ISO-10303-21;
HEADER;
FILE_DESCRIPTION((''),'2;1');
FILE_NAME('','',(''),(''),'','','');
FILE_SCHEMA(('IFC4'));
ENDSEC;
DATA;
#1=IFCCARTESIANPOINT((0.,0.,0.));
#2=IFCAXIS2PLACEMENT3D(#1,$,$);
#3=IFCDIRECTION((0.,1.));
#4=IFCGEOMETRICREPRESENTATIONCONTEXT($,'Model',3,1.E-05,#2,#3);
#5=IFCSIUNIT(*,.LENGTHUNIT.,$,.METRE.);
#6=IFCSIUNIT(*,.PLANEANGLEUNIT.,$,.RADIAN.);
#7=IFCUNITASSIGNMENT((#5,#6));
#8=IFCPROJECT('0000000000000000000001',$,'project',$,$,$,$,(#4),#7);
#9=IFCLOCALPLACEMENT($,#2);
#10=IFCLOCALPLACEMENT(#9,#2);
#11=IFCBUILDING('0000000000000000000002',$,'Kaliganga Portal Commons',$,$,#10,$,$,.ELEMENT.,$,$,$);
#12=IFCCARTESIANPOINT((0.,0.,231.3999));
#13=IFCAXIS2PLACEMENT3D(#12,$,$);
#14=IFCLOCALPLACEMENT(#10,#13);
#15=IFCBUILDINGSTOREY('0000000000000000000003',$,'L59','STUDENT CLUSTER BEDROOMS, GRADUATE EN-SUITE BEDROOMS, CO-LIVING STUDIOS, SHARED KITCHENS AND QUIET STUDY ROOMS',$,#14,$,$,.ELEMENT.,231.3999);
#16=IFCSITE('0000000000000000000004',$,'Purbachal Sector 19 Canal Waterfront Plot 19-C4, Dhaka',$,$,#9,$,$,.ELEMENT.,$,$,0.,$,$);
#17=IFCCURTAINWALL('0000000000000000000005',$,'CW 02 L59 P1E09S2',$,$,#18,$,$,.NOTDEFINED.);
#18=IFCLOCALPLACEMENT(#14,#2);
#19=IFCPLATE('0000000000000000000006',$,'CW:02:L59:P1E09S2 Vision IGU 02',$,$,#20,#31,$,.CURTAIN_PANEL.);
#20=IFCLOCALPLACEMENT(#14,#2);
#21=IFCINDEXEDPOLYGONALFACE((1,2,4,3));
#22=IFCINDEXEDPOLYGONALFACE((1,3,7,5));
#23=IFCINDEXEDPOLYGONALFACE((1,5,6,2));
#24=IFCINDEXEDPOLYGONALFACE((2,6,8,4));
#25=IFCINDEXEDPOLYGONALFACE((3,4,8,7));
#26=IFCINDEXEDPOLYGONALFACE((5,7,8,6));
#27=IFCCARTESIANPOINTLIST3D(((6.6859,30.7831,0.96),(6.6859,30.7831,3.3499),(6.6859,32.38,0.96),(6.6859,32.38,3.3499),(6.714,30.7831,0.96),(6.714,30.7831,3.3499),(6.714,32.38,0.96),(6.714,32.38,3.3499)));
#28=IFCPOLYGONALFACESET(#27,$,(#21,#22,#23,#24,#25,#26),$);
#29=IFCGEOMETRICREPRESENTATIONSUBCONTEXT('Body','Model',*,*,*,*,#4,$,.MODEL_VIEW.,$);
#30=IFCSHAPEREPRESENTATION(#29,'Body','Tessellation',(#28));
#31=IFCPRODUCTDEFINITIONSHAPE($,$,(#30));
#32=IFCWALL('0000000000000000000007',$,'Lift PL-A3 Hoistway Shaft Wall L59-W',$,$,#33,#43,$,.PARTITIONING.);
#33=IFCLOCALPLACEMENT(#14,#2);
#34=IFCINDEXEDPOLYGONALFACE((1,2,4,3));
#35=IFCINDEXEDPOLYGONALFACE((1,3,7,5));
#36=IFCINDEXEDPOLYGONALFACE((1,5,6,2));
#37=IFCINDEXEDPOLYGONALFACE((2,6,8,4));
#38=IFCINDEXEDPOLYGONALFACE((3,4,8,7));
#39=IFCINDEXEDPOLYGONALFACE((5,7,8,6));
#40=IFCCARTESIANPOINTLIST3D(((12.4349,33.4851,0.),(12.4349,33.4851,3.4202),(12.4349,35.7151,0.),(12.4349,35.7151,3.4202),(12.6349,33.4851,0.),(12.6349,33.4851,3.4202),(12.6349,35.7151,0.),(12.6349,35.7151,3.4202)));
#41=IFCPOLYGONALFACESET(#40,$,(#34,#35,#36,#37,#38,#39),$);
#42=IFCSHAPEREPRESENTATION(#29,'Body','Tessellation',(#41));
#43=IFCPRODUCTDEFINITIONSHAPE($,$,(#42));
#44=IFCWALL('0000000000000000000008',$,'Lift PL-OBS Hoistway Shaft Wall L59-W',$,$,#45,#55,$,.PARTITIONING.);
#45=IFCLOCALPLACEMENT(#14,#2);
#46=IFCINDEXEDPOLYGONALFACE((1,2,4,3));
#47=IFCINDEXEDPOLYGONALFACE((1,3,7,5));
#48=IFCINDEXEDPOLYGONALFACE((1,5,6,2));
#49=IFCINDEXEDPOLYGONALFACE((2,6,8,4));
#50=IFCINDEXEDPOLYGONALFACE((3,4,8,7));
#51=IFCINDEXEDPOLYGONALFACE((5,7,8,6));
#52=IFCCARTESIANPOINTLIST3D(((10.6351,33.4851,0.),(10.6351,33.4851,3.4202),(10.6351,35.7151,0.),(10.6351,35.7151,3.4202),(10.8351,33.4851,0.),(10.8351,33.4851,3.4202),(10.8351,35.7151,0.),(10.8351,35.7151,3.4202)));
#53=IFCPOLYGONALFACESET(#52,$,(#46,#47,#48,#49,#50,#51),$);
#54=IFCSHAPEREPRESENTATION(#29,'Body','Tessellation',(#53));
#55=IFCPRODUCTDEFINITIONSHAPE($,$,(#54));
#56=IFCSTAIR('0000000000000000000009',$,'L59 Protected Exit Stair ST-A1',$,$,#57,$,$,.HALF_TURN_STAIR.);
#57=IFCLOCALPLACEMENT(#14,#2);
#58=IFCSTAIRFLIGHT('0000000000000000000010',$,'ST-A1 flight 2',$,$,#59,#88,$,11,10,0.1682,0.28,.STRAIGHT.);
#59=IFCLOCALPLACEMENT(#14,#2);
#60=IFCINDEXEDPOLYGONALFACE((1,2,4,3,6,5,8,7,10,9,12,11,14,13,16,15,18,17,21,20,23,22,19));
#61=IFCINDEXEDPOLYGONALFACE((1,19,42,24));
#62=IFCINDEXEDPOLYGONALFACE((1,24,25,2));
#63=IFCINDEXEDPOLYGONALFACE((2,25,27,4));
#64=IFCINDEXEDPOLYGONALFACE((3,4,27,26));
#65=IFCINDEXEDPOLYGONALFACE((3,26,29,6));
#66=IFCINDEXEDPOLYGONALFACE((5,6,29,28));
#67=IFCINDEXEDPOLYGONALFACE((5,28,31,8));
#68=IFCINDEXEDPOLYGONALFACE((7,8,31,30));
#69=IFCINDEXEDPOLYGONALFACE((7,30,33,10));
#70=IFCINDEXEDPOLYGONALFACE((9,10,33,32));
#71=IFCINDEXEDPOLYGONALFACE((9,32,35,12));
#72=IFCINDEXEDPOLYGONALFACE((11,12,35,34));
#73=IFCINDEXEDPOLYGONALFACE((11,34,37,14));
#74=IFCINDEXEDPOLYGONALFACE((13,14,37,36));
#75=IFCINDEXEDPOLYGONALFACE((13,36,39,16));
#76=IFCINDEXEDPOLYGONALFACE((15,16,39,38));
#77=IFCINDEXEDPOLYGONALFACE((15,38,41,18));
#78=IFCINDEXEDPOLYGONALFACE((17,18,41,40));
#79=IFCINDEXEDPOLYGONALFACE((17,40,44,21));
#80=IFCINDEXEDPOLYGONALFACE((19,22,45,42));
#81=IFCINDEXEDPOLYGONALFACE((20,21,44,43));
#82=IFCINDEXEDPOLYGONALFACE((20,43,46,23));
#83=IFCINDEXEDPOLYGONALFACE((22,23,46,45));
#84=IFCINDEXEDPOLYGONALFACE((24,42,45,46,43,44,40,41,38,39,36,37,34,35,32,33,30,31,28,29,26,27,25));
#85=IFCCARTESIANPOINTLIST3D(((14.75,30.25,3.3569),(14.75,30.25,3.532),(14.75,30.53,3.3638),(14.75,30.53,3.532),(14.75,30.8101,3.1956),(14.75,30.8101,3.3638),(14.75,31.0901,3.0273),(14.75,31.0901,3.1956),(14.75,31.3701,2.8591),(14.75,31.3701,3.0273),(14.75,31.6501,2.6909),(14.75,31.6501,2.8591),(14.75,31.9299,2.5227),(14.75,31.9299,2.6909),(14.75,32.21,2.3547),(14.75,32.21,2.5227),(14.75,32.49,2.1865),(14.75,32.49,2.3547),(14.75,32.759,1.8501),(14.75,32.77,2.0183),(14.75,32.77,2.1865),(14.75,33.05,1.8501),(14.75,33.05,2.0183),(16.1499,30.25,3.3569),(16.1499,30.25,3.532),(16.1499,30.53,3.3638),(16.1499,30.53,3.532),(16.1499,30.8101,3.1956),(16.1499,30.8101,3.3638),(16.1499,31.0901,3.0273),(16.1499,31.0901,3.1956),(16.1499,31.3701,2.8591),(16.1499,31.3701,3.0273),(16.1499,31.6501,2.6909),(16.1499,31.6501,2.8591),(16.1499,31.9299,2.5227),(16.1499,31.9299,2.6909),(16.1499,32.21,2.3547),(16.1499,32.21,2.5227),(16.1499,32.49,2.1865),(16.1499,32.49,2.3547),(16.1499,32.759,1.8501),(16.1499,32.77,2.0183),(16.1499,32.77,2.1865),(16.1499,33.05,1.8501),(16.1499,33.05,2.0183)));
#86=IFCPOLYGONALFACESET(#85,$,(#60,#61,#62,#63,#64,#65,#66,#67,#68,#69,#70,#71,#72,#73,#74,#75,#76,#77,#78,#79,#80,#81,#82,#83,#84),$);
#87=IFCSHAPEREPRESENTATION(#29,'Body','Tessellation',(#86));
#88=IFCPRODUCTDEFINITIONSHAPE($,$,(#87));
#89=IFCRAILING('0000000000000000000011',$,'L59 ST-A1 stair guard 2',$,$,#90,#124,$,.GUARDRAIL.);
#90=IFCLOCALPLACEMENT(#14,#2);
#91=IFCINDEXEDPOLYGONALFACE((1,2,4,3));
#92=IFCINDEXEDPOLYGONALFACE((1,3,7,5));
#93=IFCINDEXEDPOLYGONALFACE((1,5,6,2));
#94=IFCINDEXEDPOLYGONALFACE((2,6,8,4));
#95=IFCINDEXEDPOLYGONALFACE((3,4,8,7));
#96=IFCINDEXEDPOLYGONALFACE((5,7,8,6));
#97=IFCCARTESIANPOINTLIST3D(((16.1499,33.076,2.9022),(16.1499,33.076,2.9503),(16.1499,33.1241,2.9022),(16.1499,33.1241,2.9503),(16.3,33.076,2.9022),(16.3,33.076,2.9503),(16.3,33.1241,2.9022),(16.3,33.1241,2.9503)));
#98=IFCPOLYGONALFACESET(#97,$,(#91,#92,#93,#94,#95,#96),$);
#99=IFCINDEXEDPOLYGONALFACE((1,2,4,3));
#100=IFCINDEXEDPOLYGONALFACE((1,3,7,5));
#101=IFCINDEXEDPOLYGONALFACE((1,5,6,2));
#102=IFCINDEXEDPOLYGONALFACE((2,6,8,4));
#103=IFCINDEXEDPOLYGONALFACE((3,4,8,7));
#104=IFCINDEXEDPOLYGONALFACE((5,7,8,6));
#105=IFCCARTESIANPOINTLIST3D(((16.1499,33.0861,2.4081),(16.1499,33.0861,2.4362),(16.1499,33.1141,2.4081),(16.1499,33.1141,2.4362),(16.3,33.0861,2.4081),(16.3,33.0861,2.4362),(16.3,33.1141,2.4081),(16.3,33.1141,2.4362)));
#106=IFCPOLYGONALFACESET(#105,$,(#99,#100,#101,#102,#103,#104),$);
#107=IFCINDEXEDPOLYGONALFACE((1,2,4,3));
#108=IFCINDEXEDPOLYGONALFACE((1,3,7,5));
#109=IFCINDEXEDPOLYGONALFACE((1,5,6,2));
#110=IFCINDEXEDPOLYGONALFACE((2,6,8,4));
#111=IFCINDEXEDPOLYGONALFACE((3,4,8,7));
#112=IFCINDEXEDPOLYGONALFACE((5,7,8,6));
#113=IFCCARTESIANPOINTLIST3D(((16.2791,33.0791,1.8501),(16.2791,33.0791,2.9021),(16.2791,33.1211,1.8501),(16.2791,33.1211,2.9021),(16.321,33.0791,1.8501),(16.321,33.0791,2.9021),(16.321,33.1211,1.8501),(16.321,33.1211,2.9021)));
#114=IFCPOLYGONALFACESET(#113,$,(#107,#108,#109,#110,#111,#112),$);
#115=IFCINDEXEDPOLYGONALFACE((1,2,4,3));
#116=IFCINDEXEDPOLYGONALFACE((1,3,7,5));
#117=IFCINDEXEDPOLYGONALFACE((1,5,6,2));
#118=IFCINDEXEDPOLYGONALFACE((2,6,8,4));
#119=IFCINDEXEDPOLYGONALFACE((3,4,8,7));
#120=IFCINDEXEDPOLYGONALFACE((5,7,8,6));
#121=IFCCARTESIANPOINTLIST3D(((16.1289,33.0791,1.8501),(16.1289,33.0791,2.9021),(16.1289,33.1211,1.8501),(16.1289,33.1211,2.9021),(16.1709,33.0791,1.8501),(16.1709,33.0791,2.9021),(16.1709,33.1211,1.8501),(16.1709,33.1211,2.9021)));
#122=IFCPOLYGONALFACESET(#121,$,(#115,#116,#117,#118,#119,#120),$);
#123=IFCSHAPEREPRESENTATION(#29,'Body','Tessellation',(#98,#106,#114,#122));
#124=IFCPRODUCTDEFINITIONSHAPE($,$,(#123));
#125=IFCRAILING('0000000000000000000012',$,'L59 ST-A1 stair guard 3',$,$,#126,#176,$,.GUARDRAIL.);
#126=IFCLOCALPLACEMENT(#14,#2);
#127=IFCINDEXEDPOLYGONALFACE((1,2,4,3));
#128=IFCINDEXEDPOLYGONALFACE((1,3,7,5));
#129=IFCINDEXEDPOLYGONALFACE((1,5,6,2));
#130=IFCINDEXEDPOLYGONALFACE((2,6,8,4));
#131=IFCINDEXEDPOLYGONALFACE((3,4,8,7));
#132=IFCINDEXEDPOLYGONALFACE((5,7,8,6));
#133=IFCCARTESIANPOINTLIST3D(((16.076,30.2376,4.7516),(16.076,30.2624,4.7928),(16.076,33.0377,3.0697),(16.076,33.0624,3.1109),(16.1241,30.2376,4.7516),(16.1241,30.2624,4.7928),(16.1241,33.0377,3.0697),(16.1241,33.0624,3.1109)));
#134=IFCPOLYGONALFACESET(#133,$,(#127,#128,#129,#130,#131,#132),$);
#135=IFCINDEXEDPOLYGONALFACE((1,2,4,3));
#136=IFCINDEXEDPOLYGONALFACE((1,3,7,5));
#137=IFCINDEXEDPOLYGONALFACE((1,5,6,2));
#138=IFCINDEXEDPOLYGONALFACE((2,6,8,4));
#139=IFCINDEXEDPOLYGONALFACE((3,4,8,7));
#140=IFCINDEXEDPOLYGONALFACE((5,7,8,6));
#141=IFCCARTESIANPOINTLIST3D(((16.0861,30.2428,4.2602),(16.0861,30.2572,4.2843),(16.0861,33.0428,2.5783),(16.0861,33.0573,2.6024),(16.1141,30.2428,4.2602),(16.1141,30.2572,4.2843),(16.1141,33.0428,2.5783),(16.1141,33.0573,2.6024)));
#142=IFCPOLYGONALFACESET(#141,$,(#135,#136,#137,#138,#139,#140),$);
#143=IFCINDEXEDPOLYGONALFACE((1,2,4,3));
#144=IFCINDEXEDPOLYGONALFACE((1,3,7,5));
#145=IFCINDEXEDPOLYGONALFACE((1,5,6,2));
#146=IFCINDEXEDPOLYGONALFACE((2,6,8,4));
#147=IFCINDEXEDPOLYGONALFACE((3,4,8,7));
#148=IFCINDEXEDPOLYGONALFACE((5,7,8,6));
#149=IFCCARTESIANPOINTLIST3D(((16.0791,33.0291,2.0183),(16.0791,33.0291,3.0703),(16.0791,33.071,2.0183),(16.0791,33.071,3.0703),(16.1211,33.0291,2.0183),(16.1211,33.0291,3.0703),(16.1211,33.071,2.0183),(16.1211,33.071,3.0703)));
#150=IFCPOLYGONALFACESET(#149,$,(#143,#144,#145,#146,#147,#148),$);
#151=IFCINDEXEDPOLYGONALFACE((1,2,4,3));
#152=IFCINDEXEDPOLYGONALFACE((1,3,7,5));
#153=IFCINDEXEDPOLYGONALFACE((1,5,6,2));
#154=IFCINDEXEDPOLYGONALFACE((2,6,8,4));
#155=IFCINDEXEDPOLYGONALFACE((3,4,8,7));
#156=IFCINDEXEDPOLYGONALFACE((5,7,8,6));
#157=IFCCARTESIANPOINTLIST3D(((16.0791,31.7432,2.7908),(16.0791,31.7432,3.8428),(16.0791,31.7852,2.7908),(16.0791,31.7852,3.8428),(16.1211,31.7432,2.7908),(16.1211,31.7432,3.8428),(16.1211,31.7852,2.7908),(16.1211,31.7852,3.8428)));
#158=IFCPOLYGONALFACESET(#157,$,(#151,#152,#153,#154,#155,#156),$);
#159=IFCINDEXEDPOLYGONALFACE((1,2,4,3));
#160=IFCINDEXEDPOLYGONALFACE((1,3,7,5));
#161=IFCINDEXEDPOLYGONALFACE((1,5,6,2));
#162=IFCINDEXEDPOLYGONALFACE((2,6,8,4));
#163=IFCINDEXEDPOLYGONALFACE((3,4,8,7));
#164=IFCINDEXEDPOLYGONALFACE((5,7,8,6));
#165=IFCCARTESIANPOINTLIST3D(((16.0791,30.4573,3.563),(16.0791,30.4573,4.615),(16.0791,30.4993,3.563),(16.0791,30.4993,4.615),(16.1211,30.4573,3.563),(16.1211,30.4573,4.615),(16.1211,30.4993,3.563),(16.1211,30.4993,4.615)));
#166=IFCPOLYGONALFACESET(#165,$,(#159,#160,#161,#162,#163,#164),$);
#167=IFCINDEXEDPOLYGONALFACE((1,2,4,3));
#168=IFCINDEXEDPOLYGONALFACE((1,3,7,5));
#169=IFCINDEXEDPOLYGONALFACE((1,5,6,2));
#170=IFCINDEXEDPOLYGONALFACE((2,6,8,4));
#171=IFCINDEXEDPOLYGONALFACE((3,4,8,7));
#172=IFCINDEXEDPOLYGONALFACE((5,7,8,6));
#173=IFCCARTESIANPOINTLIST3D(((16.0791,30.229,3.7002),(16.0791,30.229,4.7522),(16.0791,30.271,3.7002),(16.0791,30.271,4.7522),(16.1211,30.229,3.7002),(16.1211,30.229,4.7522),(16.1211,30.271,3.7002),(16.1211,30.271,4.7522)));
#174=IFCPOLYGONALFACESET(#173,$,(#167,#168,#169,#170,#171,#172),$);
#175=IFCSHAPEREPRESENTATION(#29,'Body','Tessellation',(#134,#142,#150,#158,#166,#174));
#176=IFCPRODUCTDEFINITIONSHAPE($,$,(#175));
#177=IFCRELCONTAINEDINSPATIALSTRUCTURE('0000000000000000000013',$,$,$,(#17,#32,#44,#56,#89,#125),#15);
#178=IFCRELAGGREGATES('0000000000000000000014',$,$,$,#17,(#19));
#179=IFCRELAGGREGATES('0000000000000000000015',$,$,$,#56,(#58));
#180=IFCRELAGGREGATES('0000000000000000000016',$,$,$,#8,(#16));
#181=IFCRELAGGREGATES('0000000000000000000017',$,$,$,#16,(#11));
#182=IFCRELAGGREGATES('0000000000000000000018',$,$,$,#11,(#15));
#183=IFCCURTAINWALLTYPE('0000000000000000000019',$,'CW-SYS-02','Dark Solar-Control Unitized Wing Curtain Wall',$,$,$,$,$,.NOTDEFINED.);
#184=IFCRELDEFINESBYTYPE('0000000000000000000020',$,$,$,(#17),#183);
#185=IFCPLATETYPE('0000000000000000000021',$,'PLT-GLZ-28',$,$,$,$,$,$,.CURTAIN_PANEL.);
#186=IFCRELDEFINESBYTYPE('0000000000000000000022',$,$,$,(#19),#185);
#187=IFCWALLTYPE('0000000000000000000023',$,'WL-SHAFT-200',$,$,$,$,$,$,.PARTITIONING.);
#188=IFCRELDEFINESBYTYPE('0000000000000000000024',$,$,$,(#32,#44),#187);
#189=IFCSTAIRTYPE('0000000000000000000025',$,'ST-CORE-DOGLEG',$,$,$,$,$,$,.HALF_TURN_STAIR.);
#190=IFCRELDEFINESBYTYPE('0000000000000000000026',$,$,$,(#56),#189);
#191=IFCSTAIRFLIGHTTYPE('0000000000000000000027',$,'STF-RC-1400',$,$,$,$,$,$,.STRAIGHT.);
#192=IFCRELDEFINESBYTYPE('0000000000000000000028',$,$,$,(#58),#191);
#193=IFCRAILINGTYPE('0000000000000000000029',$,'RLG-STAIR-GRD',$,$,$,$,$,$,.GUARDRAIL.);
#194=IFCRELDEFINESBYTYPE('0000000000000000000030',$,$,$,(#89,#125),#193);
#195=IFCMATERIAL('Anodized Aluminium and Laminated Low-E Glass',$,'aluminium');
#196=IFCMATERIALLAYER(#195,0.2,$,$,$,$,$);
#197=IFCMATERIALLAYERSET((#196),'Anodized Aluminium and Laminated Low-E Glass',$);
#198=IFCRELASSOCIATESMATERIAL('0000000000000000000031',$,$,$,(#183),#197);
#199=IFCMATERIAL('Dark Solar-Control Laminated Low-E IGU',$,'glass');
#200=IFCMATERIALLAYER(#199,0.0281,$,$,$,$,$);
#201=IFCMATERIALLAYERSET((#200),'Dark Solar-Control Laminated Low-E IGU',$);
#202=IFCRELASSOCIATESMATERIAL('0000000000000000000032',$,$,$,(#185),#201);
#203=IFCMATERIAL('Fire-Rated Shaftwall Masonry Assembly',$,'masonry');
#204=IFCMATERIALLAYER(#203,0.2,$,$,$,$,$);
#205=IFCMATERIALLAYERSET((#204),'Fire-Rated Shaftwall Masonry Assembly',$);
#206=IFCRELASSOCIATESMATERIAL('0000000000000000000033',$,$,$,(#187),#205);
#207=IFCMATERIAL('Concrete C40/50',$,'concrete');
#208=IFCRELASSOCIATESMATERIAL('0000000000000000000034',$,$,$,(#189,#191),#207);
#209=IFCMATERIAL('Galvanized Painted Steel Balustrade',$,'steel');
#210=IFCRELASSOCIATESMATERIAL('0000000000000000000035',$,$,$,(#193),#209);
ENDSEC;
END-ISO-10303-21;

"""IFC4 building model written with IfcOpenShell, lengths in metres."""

from ifc_helpers import new_model, si_unit, direction, frame, frame_2d, origin, origin_2d, place, context, subcontext, project, spatial, polyline, rectangle, outline, extrude, source, transform, mapped, material, layer, layer_set, type_object, element, aggregate, save


model = new_model("IFC4")

# Units and contexts
model_context = context("Model", 3, precision=1e-05, world=origin(), true_north=direction((0.0, 1.0)))
body_context = subcontext(model_context, "Body", "Model", "MODEL_VIEW")
ifc_project = project(units=[si_unit("LENGTHUNIT", "METRE"), si_unit("PLANEANGLEUNIT", "RADIAN")], contexts=[model_context])

# Site, building, storey
site_placement = place(None, origin())
site = spatial("IfcSite", under=ifc_project, at=site_placement, Name="Purbachal Sector 19 Canal Waterfront Plot 19-C4, Dhaka", CompositionType="ELEMENT", RefElevation=0.0)
building_placement = place(site_placement, origin())
building = spatial("IfcBuilding", under=site, at=building_placement, Name="Kaliganga Portal Commons", CompositionType="ELEMENT")
storey_placement = place(building_placement, frame((0.0, 0.0, 231.3999)))
storey = spatial("IfcBuildingStorey", under=building, at=storey_placement, Name="L59", Description="STUDENT CLUSTER BEDROOMS, GRADUATE EN-SUITE BEDROOMS, CO-LIVING STUDIOS, SHARED KITCHENS AND QUIET STUDY ROOMS", CompositionType="ELEMENT", Elevation=231.3999)

# Curtain wall, plate
ifc_material_1 = material(Name="Anodized Aluminium and Laminated Low-E Glass", Category="aluminium")
ifc_layer_1 = layer(ifc_material_1, 0.2)
ifc_layer_set_1 = layer_set([ifc_layer_1], Name="Anodized Aluminium and Laminated Low-E Glass")
curtain_wall_type = type_object("IfcCurtainWallType", Name="CW-SYS-02", Description="Dark Solar-Control Unitized Wing Curtain Wall", PredefinedType="NOTDEFINED", material=ifc_layer_set_1)
curtain_wall_placement = place(storey_placement, origin())
curtain_wall = element("IfcCurtainWall", 1, at=curtain_wall_placement, inside=storey, type_object=curtain_wall_type, Name="CW 02 L59 P1E09S2", PredefinedType="NOTDEFINED")
ifc_material_2 = material(Name="Dark Solar-Control Laminated Low-E IGU", Category="glass")
ifc_layer_2 = layer(ifc_material_2, 0.0281)
ifc_layer_set_2 = layer_set([ifc_layer_2], Name="Dark Solar-Control Laminated Low-E IGU")
plate_type_1 = type_object("IfcPlateType", Name="PLT-GLZ-28", PredefinedType="CURTAIN_PANEL", material=ifc_layer_set_2)
shared_shape_1 = source(origin(), body_context, "Body", "SweptSolid", [
    extrude(rectangle(XDim=1.5969, YDim=0.0281, at=origin_2d()), origin(), (0.0, 0.0, 1.0), 2.3899),
])
plate_1_placement = place(storey_placement, frame((6.7, 31.5815, 0.96), z_axis=(0.0, 0.0, 1.0), x_axis=(0.0, -1.0, 0.0)))
plate_1 = element("IfcPlate", 2, at=plate_1_placement, type_object=plate_type_1, Name="CW:02:L59:P1E09S2 Vision IGU 02", PredefinedType="CURTAIN_PANEL", context=body_context, shape_type="MappedRepresentation", body=[
    mapped(shared_shape_1, transform((0.0, 0.0, 0.0), x_axis=(1.0, 0.0, 0.0), y_axis=(0.0, 1.0, 0.0), z_axis=(0.0, 0.0, 1.0), scale=1.0)),
])
aggregate(curtain_wall, [plate_1])

# Shared definitions
ifc_material_3 = material(Name="Fire-Rated Shaftwall Masonry Assembly", Category="masonry")
ifc_layer_3 = layer(ifc_material_3, 0.2)
ifc_layer_set_3 = layer_set([ifc_layer_3], Name="Fire-Rated Shaftwall Masonry Assembly")
wall_type = type_object("IfcWallType", Name="WL-SHAFT-200", PredefinedType="PARTITIONING", material=ifc_layer_set_3)

# Wall
wall_1_placement = place(storey_placement, frame((12.5349, 33.4851, 0.0), z_axis=(0.0, 0.0, 1.0), x_axis=(0.0, 1.0, 0.0)))
element("IfcWall", 3, at=wall_1_placement, inside=storey, type_object=wall_type, Name="Lift PL-A3 Hoistway Shaft Wall L59-W", PredefinedType="PARTITIONING", context=body_context, shape_type="SweptSolid", body=[
    extrude(rectangle(XDim=2.23, YDim=0.2, at=frame_2d((1.115, 0.0))), origin(), (0.0, 0.0, 1.0), 3.4202),
])

# Wall
wall_2_placement = place(storey_placement, frame((10.7351, 33.4851, 0.0), z_axis=(0.0, 0.0, 1.0), x_axis=(0.0, 1.0, 0.0)))
element("IfcWall", 4, at=wall_2_placement, inside=storey, type_object=wall_type, Name="Lift PL-OBS Hoistway Shaft Wall L59-W", PredefinedType="PARTITIONING", context=body_context, shape_type="SweptSolid", body=[
    extrude(rectangle(XDim=2.23, YDim=0.2, at=frame_2d((1.115, 0.0))), origin(), (0.0, 0.0, 1.0), 3.4202),
])

# Stair, stair flight
ifc_material_4 = material(Name="Concrete C40/50", Category="concrete")
stair_type = type_object("IfcStairType", Name="ST-CORE-DOGLEG", PredefinedType="HALF_TURN_STAIR", material=ifc_material_4)
stair_placement = place(storey_placement, origin())
stair = element("IfcStair", 5, at=stair_placement, inside=storey, type_object=stair_type, Name="L59 Protected Exit Stair ST-A1", PredefinedType="HALF_TURN_STAIR")
stair_flight_type = type_object("IfcStairFlightType", Name="STF-RC-1400", PredefinedType="STRAIGHT", material=ifc_material_4)
stair_flight_placement = place(storey_placement, frame((15.45, 33.05, 1.8501), z_axis=(0.0, 0.0, 1.0), x_axis=(0.0, -1.0, 0.0)))
stair_flight = element("IfcStairFlight", 6, at=stair_flight_placement, type_object=stair_flight_type, Name="ST-A1 flight 2", NumberOfRisers=11, NumberOfTreads=10, PredefinedType="STRAIGHT", RiserHeight=0.1682, TreadLength=0.28, context=body_context, shape_type="SweptSolid", body=[
    extrude(outline(polyline([(0.0, 0.0), (0.0, 0.1682), (0.28, 0.1682), (0.28, 0.3364), (0.5601, 0.3364), (0.5601, 0.5046), (0.8401, 0.5046), (0.8401, 0.6726), (1.1201, 0.6726), (1.1201, 0.8408), (1.3999, 0.8408), (1.3999, 1.009), (1.6799, 1.009), (1.6799, 1.1772), (1.96, 1.1772), (1.96, 1.3455), (2.24, 1.3455), (2.24, 1.5137), (2.52, 1.5137), (2.52, 1.6819), (2.8, 1.6819), (2.8, 1.8501), (2.8, 1.5068), (0.291, 0.0), (0.0, 0.0)])), frame((0.0, 0.7, 0.0), z_axis=(0.0, -1.0, 0.0), x_axis=(1.0, 0.0, 0.0)), (0.0, 0.0, 1.0), 1.3999),
])
aggregate(stair, [stair_flight])

# Railings
ifc_material_5 = material(Name="Galvanized Painted Steel Balustrade", Category="steel")
railing_type_1 = type_object("IfcRailingType", Name="RLG-STAIR-GRD", PredefinedType="GUARDRAIL", material=ifc_material_5)
railing_1_placement = place(storey_placement, frame((16.3, 33.1001, 1.8501)))
element("IfcRailing", 7, at=railing_1_placement, inside=storey, type_object=railing_type_1, Name="L59 ST-A1 stair guard 2", PredefinedType="GUARDRAIL", context=body_context, shape_type="SweptSolid", body=[
    extrude(rectangle(XDim=0.0481, YDim=0.0481, at=origin_2d()), frame((0.0, 0.0, 1.0762), z_axis=(-1.0, 0.0, 0.0), x_axis=(0.0, -1.0, 0.0)), (0.0, 0.0, 1.0), 0.1501),
    extrude(rectangle(XDim=0.0281, YDim=0.0281, at=origin_2d()), frame((0.0, 0.0, 0.572), z_axis=(-1.0, 0.0, 0.0), x_axis=(0.0, -1.0, 0.0)), (0.0, 0.0, 1.0), 0.1501),
    extrude(rectangle(XDim=0.042, YDim=0.042, at=origin_2d()), origin(), (0.0, 0.0, 1.0), 1.052),
    extrude(rectangle(XDim=0.042, YDim=0.042, at=origin_2d()), frame((-0.1501, 0.0, 0.0)), (0.0, 0.0, 1.0), 1.052),
])
railing_2_placement = place(storey_placement, frame((16.1001, 33.05, 2.0183)))
element("IfcRailing", 8, at=railing_2_placement, inside=storey, type_object=railing_type_1, Name="L59 ST-A1 stair guard 3", PredefinedType="GUARDRAIL", context=body_context, shape_type="SweptSolid", body=[
    extrude(rectangle(XDim=0.0481, YDim=0.0481, at=origin_2d()), frame((0.0, 0.0, 1.072), z_axis=(0.0, -0.857242, 0.514913), x_axis=(1.0, 0.0, 0.0)), (0.0, 0.0, 1.0), 3.2664),
    extrude(rectangle(XDim=0.0281, YDim=0.0281, at=origin_2d()), frame((0.0, 0.0, 0.572), z_axis=(0.0, -0.857242, 0.514913), x_axis=(1.0, 0.0, 0.0)), (0.0, 0.0, 1.0), 3.2664),
    extrude(rectangle(XDim=0.042, YDim=0.042, at=origin_2d()), origin(), (0.0, 0.0, 1.0), 1.052),
    extrude(rectangle(XDim=0.042, YDim=0.042, at=origin_2d()), frame((0.0, -1.2859, 0.7725)), (0.0, 0.0, 1.0), 1.052),
    extrude(rectangle(XDim=0.042, YDim=0.042, at=origin_2d()), frame((0.0, -2.5718, 1.5447)), (0.0, 0.0, 1.0), 1.052),
    extrude(rectangle(XDim=0.042, YDim=0.042, at=origin_2d()), frame((0.0, -2.8, 1.6819)), (0.0, 0.0, 1.0), 1.052),
])

save(model, "model.ifc")
